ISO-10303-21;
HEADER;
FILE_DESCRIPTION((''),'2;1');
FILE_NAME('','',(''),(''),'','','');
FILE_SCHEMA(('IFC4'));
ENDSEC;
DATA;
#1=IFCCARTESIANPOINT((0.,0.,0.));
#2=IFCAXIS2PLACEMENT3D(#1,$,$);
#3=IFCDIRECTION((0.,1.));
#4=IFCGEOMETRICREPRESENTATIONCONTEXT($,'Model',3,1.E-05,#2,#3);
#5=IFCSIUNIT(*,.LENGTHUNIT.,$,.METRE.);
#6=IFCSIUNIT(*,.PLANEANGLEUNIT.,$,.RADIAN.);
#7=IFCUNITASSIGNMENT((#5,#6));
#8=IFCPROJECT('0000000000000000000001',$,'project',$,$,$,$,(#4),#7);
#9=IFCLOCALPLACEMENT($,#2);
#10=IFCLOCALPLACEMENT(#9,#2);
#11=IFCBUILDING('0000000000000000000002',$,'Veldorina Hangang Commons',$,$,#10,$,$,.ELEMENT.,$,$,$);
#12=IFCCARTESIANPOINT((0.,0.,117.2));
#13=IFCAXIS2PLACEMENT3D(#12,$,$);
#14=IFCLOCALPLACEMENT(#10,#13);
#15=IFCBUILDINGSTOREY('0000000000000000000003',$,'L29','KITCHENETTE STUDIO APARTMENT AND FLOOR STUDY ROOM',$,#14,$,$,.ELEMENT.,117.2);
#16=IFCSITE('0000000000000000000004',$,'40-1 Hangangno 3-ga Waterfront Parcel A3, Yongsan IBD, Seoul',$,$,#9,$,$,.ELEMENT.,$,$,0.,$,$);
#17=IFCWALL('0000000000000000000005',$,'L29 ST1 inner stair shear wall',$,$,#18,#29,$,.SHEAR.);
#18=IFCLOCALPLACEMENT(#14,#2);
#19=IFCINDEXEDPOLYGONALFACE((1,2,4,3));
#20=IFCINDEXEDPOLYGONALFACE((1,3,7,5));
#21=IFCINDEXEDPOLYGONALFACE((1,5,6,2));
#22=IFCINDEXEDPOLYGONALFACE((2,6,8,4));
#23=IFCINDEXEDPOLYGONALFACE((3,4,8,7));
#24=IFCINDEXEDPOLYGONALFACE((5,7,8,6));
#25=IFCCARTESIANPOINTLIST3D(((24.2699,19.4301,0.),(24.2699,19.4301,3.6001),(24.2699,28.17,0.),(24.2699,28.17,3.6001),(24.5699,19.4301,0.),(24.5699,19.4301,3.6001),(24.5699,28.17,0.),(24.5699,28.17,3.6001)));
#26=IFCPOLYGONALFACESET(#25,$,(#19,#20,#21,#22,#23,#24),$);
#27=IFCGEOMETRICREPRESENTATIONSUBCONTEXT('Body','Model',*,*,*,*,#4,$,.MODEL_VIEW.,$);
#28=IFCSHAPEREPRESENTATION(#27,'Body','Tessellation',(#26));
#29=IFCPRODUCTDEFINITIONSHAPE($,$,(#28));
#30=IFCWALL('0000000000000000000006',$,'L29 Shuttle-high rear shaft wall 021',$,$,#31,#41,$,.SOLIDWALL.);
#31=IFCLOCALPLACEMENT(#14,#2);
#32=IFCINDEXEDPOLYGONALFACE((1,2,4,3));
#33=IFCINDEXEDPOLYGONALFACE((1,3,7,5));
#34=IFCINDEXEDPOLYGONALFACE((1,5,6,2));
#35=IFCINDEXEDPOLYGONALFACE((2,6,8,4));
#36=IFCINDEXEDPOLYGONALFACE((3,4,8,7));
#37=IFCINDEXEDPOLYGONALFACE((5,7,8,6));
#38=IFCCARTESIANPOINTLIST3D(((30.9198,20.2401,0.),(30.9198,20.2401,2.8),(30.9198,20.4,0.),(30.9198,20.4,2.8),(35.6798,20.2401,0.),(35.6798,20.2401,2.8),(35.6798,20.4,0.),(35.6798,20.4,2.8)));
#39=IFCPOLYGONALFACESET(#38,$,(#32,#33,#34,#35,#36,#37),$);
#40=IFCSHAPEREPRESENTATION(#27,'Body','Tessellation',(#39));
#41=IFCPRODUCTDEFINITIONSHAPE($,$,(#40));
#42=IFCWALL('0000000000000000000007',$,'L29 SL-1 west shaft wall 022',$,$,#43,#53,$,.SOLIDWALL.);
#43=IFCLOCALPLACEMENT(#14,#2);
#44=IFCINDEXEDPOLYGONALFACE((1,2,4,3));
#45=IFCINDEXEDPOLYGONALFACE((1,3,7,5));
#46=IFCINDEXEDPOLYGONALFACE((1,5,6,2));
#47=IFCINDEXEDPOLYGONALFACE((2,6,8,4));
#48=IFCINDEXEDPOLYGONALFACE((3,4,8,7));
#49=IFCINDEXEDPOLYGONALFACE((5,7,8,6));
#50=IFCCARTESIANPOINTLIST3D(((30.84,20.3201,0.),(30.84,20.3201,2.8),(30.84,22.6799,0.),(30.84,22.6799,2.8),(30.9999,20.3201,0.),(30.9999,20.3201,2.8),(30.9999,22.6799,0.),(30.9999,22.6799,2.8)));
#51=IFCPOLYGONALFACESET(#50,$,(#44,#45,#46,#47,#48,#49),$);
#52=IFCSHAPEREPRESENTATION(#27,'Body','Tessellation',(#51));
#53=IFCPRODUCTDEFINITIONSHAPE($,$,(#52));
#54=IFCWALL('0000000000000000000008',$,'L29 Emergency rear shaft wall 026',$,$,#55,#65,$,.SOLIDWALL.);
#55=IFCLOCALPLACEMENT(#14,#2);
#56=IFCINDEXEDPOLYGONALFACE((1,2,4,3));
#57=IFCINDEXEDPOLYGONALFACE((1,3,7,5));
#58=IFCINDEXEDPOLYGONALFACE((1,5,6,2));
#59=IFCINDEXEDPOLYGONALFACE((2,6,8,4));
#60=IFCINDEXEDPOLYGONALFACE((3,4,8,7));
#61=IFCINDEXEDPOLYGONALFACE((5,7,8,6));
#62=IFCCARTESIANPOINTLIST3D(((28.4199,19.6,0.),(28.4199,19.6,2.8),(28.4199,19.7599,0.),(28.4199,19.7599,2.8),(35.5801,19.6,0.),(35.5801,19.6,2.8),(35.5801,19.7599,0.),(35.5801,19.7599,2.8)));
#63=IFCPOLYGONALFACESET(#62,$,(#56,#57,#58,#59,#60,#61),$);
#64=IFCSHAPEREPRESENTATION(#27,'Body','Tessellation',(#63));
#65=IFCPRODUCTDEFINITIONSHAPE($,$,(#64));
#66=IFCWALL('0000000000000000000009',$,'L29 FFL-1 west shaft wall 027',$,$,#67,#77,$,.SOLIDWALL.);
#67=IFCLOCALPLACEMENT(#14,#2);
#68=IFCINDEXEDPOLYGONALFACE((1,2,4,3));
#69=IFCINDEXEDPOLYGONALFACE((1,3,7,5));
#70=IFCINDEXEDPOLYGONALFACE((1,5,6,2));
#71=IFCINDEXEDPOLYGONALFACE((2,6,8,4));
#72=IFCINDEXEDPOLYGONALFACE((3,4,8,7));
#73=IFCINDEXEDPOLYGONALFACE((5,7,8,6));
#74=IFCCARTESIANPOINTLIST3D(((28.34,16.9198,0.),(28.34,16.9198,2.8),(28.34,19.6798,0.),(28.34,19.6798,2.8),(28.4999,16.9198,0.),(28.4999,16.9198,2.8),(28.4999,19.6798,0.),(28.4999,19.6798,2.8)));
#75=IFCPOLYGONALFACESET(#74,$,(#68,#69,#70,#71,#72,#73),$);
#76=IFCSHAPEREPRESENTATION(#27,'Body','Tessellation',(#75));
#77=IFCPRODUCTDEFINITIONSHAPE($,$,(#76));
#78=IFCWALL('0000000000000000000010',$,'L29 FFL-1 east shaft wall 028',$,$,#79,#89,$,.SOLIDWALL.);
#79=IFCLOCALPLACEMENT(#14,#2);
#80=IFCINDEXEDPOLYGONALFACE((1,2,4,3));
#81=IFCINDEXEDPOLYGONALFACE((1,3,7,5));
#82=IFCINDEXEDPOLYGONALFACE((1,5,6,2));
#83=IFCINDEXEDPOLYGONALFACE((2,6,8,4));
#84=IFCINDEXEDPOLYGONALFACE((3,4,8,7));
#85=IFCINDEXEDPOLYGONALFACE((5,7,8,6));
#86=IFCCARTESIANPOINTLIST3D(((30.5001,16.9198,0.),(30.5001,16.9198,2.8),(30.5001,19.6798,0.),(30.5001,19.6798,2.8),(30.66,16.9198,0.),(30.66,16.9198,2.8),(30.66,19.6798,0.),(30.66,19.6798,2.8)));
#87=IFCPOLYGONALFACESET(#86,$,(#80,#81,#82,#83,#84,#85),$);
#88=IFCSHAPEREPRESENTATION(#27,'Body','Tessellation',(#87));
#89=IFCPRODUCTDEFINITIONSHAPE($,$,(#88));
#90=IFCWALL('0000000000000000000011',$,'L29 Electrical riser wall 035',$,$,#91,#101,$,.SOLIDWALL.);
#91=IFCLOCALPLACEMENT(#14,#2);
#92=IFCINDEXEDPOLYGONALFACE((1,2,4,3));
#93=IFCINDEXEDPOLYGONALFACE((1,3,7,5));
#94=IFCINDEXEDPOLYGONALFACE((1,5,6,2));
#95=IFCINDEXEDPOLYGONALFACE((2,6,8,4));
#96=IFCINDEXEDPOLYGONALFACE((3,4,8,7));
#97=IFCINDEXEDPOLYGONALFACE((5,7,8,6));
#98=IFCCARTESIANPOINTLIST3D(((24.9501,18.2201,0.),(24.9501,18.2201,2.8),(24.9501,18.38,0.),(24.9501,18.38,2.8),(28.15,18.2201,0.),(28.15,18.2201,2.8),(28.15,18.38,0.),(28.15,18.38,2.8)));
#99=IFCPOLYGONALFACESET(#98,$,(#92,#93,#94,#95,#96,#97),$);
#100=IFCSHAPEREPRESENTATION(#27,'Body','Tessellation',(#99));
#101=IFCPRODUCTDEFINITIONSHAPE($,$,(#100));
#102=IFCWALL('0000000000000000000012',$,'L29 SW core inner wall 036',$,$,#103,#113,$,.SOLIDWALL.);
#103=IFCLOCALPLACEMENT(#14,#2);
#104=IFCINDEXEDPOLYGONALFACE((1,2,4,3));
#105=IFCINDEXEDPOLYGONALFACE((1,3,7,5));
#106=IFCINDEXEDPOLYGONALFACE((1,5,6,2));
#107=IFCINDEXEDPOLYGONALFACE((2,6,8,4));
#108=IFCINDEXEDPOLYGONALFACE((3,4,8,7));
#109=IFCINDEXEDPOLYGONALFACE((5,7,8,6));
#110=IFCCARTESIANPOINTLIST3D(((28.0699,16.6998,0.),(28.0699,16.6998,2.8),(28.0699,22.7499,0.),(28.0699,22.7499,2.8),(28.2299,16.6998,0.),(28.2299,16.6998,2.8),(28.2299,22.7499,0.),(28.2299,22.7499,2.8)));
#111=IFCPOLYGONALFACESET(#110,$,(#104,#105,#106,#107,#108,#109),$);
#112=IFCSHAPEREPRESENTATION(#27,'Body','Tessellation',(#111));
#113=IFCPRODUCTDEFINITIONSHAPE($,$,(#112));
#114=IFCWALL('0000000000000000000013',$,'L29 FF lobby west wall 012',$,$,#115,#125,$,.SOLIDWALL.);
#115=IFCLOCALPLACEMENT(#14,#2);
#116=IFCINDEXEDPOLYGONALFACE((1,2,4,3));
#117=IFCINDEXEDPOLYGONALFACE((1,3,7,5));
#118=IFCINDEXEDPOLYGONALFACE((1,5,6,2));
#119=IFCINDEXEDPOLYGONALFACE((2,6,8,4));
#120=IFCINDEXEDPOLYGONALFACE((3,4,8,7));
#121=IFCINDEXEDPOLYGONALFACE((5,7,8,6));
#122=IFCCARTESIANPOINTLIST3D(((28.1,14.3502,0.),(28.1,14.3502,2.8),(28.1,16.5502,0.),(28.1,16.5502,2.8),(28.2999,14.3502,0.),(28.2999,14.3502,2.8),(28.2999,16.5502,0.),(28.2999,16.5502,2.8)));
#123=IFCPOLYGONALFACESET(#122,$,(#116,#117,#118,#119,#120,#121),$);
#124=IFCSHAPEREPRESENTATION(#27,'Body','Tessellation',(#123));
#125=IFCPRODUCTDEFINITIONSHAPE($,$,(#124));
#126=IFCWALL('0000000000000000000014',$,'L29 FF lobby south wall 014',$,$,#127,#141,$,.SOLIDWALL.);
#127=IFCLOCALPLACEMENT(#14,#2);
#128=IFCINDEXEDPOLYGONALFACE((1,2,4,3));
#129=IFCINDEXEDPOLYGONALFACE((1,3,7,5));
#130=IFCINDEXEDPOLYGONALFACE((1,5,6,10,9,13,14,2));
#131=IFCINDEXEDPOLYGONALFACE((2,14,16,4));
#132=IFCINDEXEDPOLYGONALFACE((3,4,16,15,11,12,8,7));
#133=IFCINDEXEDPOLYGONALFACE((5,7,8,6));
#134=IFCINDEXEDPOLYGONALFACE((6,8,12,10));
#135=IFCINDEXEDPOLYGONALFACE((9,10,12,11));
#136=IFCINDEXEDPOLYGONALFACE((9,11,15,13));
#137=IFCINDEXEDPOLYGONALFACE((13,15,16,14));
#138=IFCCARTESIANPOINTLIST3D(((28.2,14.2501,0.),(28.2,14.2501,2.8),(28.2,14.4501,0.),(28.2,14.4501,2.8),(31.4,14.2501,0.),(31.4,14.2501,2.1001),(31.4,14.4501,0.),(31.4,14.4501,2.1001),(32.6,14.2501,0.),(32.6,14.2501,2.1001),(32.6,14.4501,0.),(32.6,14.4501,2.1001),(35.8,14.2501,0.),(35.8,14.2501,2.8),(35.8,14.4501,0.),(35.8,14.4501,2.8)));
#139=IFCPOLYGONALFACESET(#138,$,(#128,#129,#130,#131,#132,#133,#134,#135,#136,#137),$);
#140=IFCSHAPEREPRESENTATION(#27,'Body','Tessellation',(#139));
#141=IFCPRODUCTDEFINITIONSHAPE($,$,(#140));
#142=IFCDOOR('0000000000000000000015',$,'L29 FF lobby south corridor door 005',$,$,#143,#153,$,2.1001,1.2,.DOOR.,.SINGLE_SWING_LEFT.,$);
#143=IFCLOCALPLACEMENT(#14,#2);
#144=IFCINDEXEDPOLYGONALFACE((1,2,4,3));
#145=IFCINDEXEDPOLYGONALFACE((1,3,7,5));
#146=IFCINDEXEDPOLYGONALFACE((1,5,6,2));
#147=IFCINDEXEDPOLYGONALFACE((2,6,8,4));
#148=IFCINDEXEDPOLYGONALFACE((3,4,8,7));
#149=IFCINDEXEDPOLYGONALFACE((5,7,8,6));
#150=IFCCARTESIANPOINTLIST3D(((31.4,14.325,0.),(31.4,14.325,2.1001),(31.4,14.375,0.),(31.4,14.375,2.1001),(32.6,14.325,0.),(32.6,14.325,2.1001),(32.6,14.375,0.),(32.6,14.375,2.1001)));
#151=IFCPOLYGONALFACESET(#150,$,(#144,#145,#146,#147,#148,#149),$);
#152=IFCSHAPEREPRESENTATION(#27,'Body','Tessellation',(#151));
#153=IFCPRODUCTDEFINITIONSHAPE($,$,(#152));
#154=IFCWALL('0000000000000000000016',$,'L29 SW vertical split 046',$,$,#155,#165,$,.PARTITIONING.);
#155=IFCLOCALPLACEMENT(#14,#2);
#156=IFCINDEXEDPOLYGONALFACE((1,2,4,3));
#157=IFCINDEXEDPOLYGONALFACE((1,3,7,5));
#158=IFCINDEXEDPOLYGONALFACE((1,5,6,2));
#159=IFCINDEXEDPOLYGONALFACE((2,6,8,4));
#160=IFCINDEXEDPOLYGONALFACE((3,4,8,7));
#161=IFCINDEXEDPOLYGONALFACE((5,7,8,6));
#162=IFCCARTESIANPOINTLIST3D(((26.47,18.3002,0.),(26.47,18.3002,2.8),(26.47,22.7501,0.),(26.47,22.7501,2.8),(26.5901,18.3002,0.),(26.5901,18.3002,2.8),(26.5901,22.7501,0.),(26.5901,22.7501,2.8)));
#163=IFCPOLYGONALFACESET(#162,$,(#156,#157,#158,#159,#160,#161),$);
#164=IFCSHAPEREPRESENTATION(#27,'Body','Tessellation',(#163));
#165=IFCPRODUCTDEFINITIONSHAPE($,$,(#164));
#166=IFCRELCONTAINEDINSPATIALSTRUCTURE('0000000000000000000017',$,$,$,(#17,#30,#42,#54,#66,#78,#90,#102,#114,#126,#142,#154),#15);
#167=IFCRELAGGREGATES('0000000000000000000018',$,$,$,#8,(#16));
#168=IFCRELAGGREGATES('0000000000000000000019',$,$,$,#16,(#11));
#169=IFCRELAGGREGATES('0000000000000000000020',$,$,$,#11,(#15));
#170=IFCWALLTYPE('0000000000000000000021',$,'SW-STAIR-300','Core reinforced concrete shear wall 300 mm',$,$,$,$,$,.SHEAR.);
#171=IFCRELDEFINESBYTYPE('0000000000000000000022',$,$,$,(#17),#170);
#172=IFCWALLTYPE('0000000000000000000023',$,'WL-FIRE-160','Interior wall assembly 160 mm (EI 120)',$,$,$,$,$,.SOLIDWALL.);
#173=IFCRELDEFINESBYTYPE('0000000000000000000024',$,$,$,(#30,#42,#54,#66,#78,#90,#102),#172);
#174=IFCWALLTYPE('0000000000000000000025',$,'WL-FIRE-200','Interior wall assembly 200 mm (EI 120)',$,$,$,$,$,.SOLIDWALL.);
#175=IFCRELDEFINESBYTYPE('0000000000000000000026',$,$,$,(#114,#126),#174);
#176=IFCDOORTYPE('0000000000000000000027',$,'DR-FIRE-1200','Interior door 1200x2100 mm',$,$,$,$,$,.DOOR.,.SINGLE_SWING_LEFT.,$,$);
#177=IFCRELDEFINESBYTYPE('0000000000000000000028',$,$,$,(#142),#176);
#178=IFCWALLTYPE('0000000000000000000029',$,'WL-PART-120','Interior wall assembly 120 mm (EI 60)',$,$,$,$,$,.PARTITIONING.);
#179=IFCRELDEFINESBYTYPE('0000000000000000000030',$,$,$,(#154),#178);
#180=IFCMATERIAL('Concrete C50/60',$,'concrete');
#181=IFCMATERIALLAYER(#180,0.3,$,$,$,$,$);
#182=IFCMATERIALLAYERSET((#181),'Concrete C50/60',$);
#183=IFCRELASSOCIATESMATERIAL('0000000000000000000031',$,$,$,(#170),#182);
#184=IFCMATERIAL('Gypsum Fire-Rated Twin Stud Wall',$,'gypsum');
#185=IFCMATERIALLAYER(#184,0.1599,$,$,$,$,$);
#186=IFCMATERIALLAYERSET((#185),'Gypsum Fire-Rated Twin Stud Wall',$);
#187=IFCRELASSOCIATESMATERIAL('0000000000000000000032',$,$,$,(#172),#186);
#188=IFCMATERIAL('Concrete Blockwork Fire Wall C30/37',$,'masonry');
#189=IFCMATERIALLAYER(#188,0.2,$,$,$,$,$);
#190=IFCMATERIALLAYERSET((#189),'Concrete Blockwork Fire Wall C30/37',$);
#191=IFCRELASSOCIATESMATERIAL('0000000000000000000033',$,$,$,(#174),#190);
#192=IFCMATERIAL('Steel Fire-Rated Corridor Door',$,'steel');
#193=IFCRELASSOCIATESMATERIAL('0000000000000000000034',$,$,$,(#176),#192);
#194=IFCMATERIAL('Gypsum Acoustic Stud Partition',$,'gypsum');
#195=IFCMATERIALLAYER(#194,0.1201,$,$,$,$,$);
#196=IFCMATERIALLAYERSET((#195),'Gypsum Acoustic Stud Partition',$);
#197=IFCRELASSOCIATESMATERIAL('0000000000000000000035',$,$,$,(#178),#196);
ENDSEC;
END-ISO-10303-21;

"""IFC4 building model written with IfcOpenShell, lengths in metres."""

from ifc_helpers import new_model, si_unit, direction, frame, frame_2d, origin, place, context, subcontext, project, spatial, rectangle, extrude, material, layer, layer_set, type_object, element, fill, save


model = new_model("IFC4")

# Units and contexts
model_context = context("Model", 3, precision=1e-05, world=origin(), true_north=direction((0.0, 1.0)))
body_context = subcontext(model_context, "Body", "Model", "MODEL_VIEW")
ifc_project = project(units=[si_unit("LENGTHUNIT", "METRE"), si_unit("PLANEANGLEUNIT", "RADIAN")], contexts=[model_context])

# Site, building, storey
site_placement = place(None, origin())
site = spatial("IfcSite", under=ifc_project, at=site_placement, Name="40-1 Hangangno 3-ga Waterfront Parcel A3, Yongsan IBD, Seoul", CompositionType="ELEMENT", RefElevation=0.0)
building_placement = place(site_placement, origin())
building = spatial("IfcBuilding", under=site, at=building_placement, Name="Veldorina Hangang Commons", CompositionType="ELEMENT")
storey_placement = place(building_placement, frame((0.0, 0.0, 117.2)))
storey = spatial("IfcBuildingStorey", under=building, at=storey_placement, Name="L29", Description="KITCHENETTE STUDIO APARTMENT AND FLOOR STUDY ROOM", CompositionType="ELEMENT", Elevation=117.2)

# Walls
ifc_material_1 = material(Name="Concrete C50/60", Category="concrete")
ifc_layer_1 = layer(ifc_material_1, 0.3)
ifc_layer_set_1 = layer_set([ifc_layer_1], Name="Concrete C50/60")
wall_type_1 = type_object("IfcWallType", Name="SW-STAIR-300", Description="Core reinforced concrete shear wall 300 mm", PredefinedType="SHEAR", material=ifc_layer_set_1)
wall_1_placement = place(storey_placement, frame((24.4199, 19.4299, 0.0), z_axis=(0.0, 0.0, 1.0), x_axis=(0.0, 1.0, 0.0)))
element("IfcWall", 1, at=wall_1_placement, inside=storey, type_object=wall_type_1, Name="L29 ST1 inner stair shear wall", PredefinedType="SHEAR", context=body_context, shape_type="SweptSolid", body=[
    extrude(rectangle(XDim=8.74, YDim=0.3, at=frame_2d((4.3701, 0.0))), origin(), (0.0, 0.0, 1.0), 3.6001),
])
ifc_material_2 = material(Name="Gypsum Fire-Rated Twin Stud Wall", Category="gypsum")
ifc_layer_2 = layer(ifc_material_2, 0.1599)
ifc_layer_set_2 = layer_set([ifc_layer_2], Name="Gypsum Fire-Rated Twin Stud Wall")
wall_type_2 = type_object("IfcWallType", Name="WL-FIRE-160", Description="Interior wall assembly 160 mm (EI 120)", PredefinedType="SOLIDWALL", material=ifc_layer_set_2)
wall_2_placement = place(storey_placement, frame((30.9199, 20.3201, 0.0), z_axis=(0.0, 0.0, 1.0), x_axis=(1.0, 0.0, 0.0)))
element("IfcWall", 2, at=wall_2_placement, inside=storey, type_object=wall_type_2, Name="L29 Shuttle-high rear shaft wall 021", PredefinedType="SOLIDWALL", context=body_context, shape_type="SweptSolid", body=[
    extrude(rectangle(XDim=4.76, YDim=0.1599, at=frame_2d((2.3799, 0.0))), origin(), (0.0, 0.0, 1.0), 2.8),
])
wall_3_placement = place(storey_placement, frame((30.9199, 20.3201, 0.0), z_axis=(0.0, 0.0, 1.0), x_axis=(0.0, 1.0, 0.0)))
element("IfcWall", 3, at=wall_3_placement, inside=storey, type_object=wall_type_2, Name="L29 SL-1 west shaft wall 022", PredefinedType="SOLIDWALL", context=body_context, shape_type="SweptSolid", body=[
    extrude(rectangle(XDim=2.3599, YDim=0.1599, at=frame_2d((1.1799, 0.0))), origin(), (0.0, 0.0, 1.0), 2.8),
])

# Walls
wall_4_placement = place(storey_placement, frame((28.4199, 19.6799, 0.0), z_axis=(0.0, 0.0, 1.0), x_axis=(1.0, 0.0, 0.0)))
element("IfcWall", 4, at=wall_4_placement, inside=storey, type_object=wall_type_2, Name="L29 Emergency rear shaft wall 026", PredefinedType="SOLIDWALL", context=body_context, shape_type="SweptSolid", body=[
    extrude(rectangle(XDim=7.1602, YDim=0.1599, at=frame_2d((3.5801, 0.0))), origin(), (0.0, 0.0, 1.0), 2.8),
])
for number, where, z_axis, x_axis, name in (
    (5, (28.4199, 16.9199, 0.0), (0.0, 0.0, 1.0), (0.0, 1.0, 0.0), "L29 FFL-1 west shaft wall 027"),
    (6, (30.5801, 16.9199, 0.0), (0.0, 0.0, 1.0), (0.0, 1.0, 0.0), "L29 FFL-1 east shaft wall 028"),
):
    element("IfcWall", number, at=place(storey_placement, frame(where, z_axis=z_axis, x_axis=x_axis)), inside=storey, type_object=wall_type_2, Name=name, PredefinedType="SOLIDWALL", context=body_context, shape_type="SweptSolid", body=[
        extrude(rectangle(XDim=2.76, YDim=0.1599, at=frame_2d((1.3799, 0.0))), origin(), (0.0, 0.0, 1.0), 2.8),
    ])
wall_5_placement = place(storey_placement, frame((24.95, 18.3, 0.0), z_axis=(0.0, 0.0, 1.0), x_axis=(1.0, 0.0, 0.0)))
element("IfcWall", 7, at=wall_5_placement, inside=storey, type_object=wall_type_2, Name="L29 Electrical riser wall 035", PredefinedType="SOLIDWALL", context=body_context, shape_type="SweptSolid", body=[
    extrude(rectangle(XDim=3.2, YDim=0.1599, at=frame_2d((1.6001, 0.0))), origin(), (0.0, 0.0, 1.0), 2.8),
])
wall_6_placement = place(storey_placement, frame((28.1499, 16.7, 0.0), z_axis=(0.0, 0.0, 1.0), x_axis=(0.0, 1.0, 0.0)))
element("IfcWall", 8, at=wall_6_placement, inside=storey, type_object=wall_type_2, Name="L29 SW core inner wall 036", PredefinedType="SOLIDWALL", context=body_context, shape_type="SweptSolid", body=[
    extrude(rectangle(XDim=6.05, YDim=0.1599, at=frame_2d((3.0249, 0.0))), origin(), (0.0, 0.0, 1.0), 2.8),
])
ifc_material_3 = material(Name="Concrete Blockwork Fire Wall C30/37", Category="masonry")
ifc_layer_3 = layer(ifc_material_3, 0.2)
ifc_layer_set_3 = layer_set([ifc_layer_3], Name="Concrete Blockwork Fire Wall C30/37")
wall_type_3 = type_object("IfcWallType", Name="WL-FIRE-200", Description="Interior wall assembly 200 mm (EI 120)", PredefinedType="SOLIDWALL", material=ifc_layer_set_3)
wall_7_placement = place(storey_placement, frame((28.2, 14.3501, 0.0), z_axis=(0.0, 0.0, 1.0), x_axis=(0.0, 1.0, 0.0)))
element("IfcWall", 9, at=wall_7_placement, inside=storey, type_object=wall_type_3, Name="L29 FF lobby west wall 012", PredefinedType="SOLIDWALL", context=body_context, shape_type="SweptSolid", body=[
    extrude(rectangle(XDim=2.2, YDim=0.2, at=frame_2d((1.1001, 0.0))), origin(), (0.0, 0.0, 1.0), 2.8),
])

# Wall, opening, door
wall_8_placement = place(storey_placement, frame((28.2, 14.3501, 0.0), z_axis=(0.0, 0.0, 1.0), x_axis=(1.0, 0.0, 0.0)))
wall_8 = element("IfcWall", 10, at=wall_8_placement, inside=storey, type_object=wall_type_3, Name="L29 FF lobby south wall 014", PredefinedType="SOLIDWALL", context=body_context, shape_type="SweptSolid", body=[
    extrude(rectangle(XDim=7.6001, YDim=0.2, at=frame_2d((3.8, 0.0))), origin(), (0.0, 0.0, 1.0), 2.8),
])
opening_1_placement = place(wall_8_placement, frame((3.2, 0.0, 0.0)))
opening_1 = element("IfcOpeningElement", 11, at=opening_1_placement, cuts=wall_8, PredefinedType="OPENING", context=body_context, shape_type="SweptSolid", body=[
    extrude(rectangle(XDim=1.2, YDim=2.1001, at=frame_2d((0.6001, 1.05))), frame((0.0, 0.1099, 0.0), z_axis=(0.0, -1.0, 0.0), x_axis=(1.0, 0.0, 0.0)), (0.0, 0.0, 1.0), 0.22),
])
ifc_material_4 = material(Name="Steel Fire-Rated Corridor Door", Category="steel")
door_type_1 = type_object("IfcDoorType", Name="DR-FIRE-1200", Description="Interior door 1200x2100 mm", OperationType="SINGLE_SWING_LEFT", PredefinedType="DOOR", material=ifc_material_4)
door_1_placement = place(opening_1_placement, origin())
door_1 = element("IfcDoor", 12, at=door_1_placement, inside=storey, type_object=door_type_1, Name="L29 FF lobby south corridor door 005", OperationType="SINGLE_SWING_LEFT", OverallHeight=2.1001, OverallWidth=1.2, PredefinedType="DOOR", context=body_context, shape_type="SweptSolid", body=[
    extrude(rectangle(XDim=1.2, YDim=2.1001, at=frame_2d((0.6001, 1.05))), frame((0.0, 0.0249, 0.0), z_axis=(0.0, -1.0, 0.0), x_axis=(1.0, 0.0, 0.0)), (0.0, 0.0, 1.0), 0.05),
])
fill(opening_1, door_1)

# Wall
ifc_material_5 = material(Name="Gypsum Acoustic Stud Partition", Category="gypsum")
ifc_layer_4 = layer(ifc_material_5, 0.1201)
ifc_layer_set_4 = layer_set([ifc_layer_4], Name="Gypsum Acoustic Stud Partition")
wall_type_4 = type_object("IfcWallType", Name="WL-PART-120", Description="Interior wall assembly 120 mm (EI 60)", PredefinedType="PARTITIONING", material=ifc_layer_set_4)
wall_9_placement = place(storey_placement, frame((26.53, 18.3, 0.0), z_axis=(0.0, 0.0, 1.0), x_axis=(0.0, 1.0, 0.0)))
element("IfcWall", 13, at=wall_9_placement, inside=storey, type_object=wall_type_4, Name="L29 SW vertical split 046", PredefinedType="PARTITIONING", context=body_context, shape_type="SweptSolid", body=[
    extrude(rectangle(XDim=4.45, YDim=0.1201, at=frame_2d((2.2251, 0.0))), origin(), (0.0, 0.0, 1.0), 2.8),
])

save(model, "model.ifc")
